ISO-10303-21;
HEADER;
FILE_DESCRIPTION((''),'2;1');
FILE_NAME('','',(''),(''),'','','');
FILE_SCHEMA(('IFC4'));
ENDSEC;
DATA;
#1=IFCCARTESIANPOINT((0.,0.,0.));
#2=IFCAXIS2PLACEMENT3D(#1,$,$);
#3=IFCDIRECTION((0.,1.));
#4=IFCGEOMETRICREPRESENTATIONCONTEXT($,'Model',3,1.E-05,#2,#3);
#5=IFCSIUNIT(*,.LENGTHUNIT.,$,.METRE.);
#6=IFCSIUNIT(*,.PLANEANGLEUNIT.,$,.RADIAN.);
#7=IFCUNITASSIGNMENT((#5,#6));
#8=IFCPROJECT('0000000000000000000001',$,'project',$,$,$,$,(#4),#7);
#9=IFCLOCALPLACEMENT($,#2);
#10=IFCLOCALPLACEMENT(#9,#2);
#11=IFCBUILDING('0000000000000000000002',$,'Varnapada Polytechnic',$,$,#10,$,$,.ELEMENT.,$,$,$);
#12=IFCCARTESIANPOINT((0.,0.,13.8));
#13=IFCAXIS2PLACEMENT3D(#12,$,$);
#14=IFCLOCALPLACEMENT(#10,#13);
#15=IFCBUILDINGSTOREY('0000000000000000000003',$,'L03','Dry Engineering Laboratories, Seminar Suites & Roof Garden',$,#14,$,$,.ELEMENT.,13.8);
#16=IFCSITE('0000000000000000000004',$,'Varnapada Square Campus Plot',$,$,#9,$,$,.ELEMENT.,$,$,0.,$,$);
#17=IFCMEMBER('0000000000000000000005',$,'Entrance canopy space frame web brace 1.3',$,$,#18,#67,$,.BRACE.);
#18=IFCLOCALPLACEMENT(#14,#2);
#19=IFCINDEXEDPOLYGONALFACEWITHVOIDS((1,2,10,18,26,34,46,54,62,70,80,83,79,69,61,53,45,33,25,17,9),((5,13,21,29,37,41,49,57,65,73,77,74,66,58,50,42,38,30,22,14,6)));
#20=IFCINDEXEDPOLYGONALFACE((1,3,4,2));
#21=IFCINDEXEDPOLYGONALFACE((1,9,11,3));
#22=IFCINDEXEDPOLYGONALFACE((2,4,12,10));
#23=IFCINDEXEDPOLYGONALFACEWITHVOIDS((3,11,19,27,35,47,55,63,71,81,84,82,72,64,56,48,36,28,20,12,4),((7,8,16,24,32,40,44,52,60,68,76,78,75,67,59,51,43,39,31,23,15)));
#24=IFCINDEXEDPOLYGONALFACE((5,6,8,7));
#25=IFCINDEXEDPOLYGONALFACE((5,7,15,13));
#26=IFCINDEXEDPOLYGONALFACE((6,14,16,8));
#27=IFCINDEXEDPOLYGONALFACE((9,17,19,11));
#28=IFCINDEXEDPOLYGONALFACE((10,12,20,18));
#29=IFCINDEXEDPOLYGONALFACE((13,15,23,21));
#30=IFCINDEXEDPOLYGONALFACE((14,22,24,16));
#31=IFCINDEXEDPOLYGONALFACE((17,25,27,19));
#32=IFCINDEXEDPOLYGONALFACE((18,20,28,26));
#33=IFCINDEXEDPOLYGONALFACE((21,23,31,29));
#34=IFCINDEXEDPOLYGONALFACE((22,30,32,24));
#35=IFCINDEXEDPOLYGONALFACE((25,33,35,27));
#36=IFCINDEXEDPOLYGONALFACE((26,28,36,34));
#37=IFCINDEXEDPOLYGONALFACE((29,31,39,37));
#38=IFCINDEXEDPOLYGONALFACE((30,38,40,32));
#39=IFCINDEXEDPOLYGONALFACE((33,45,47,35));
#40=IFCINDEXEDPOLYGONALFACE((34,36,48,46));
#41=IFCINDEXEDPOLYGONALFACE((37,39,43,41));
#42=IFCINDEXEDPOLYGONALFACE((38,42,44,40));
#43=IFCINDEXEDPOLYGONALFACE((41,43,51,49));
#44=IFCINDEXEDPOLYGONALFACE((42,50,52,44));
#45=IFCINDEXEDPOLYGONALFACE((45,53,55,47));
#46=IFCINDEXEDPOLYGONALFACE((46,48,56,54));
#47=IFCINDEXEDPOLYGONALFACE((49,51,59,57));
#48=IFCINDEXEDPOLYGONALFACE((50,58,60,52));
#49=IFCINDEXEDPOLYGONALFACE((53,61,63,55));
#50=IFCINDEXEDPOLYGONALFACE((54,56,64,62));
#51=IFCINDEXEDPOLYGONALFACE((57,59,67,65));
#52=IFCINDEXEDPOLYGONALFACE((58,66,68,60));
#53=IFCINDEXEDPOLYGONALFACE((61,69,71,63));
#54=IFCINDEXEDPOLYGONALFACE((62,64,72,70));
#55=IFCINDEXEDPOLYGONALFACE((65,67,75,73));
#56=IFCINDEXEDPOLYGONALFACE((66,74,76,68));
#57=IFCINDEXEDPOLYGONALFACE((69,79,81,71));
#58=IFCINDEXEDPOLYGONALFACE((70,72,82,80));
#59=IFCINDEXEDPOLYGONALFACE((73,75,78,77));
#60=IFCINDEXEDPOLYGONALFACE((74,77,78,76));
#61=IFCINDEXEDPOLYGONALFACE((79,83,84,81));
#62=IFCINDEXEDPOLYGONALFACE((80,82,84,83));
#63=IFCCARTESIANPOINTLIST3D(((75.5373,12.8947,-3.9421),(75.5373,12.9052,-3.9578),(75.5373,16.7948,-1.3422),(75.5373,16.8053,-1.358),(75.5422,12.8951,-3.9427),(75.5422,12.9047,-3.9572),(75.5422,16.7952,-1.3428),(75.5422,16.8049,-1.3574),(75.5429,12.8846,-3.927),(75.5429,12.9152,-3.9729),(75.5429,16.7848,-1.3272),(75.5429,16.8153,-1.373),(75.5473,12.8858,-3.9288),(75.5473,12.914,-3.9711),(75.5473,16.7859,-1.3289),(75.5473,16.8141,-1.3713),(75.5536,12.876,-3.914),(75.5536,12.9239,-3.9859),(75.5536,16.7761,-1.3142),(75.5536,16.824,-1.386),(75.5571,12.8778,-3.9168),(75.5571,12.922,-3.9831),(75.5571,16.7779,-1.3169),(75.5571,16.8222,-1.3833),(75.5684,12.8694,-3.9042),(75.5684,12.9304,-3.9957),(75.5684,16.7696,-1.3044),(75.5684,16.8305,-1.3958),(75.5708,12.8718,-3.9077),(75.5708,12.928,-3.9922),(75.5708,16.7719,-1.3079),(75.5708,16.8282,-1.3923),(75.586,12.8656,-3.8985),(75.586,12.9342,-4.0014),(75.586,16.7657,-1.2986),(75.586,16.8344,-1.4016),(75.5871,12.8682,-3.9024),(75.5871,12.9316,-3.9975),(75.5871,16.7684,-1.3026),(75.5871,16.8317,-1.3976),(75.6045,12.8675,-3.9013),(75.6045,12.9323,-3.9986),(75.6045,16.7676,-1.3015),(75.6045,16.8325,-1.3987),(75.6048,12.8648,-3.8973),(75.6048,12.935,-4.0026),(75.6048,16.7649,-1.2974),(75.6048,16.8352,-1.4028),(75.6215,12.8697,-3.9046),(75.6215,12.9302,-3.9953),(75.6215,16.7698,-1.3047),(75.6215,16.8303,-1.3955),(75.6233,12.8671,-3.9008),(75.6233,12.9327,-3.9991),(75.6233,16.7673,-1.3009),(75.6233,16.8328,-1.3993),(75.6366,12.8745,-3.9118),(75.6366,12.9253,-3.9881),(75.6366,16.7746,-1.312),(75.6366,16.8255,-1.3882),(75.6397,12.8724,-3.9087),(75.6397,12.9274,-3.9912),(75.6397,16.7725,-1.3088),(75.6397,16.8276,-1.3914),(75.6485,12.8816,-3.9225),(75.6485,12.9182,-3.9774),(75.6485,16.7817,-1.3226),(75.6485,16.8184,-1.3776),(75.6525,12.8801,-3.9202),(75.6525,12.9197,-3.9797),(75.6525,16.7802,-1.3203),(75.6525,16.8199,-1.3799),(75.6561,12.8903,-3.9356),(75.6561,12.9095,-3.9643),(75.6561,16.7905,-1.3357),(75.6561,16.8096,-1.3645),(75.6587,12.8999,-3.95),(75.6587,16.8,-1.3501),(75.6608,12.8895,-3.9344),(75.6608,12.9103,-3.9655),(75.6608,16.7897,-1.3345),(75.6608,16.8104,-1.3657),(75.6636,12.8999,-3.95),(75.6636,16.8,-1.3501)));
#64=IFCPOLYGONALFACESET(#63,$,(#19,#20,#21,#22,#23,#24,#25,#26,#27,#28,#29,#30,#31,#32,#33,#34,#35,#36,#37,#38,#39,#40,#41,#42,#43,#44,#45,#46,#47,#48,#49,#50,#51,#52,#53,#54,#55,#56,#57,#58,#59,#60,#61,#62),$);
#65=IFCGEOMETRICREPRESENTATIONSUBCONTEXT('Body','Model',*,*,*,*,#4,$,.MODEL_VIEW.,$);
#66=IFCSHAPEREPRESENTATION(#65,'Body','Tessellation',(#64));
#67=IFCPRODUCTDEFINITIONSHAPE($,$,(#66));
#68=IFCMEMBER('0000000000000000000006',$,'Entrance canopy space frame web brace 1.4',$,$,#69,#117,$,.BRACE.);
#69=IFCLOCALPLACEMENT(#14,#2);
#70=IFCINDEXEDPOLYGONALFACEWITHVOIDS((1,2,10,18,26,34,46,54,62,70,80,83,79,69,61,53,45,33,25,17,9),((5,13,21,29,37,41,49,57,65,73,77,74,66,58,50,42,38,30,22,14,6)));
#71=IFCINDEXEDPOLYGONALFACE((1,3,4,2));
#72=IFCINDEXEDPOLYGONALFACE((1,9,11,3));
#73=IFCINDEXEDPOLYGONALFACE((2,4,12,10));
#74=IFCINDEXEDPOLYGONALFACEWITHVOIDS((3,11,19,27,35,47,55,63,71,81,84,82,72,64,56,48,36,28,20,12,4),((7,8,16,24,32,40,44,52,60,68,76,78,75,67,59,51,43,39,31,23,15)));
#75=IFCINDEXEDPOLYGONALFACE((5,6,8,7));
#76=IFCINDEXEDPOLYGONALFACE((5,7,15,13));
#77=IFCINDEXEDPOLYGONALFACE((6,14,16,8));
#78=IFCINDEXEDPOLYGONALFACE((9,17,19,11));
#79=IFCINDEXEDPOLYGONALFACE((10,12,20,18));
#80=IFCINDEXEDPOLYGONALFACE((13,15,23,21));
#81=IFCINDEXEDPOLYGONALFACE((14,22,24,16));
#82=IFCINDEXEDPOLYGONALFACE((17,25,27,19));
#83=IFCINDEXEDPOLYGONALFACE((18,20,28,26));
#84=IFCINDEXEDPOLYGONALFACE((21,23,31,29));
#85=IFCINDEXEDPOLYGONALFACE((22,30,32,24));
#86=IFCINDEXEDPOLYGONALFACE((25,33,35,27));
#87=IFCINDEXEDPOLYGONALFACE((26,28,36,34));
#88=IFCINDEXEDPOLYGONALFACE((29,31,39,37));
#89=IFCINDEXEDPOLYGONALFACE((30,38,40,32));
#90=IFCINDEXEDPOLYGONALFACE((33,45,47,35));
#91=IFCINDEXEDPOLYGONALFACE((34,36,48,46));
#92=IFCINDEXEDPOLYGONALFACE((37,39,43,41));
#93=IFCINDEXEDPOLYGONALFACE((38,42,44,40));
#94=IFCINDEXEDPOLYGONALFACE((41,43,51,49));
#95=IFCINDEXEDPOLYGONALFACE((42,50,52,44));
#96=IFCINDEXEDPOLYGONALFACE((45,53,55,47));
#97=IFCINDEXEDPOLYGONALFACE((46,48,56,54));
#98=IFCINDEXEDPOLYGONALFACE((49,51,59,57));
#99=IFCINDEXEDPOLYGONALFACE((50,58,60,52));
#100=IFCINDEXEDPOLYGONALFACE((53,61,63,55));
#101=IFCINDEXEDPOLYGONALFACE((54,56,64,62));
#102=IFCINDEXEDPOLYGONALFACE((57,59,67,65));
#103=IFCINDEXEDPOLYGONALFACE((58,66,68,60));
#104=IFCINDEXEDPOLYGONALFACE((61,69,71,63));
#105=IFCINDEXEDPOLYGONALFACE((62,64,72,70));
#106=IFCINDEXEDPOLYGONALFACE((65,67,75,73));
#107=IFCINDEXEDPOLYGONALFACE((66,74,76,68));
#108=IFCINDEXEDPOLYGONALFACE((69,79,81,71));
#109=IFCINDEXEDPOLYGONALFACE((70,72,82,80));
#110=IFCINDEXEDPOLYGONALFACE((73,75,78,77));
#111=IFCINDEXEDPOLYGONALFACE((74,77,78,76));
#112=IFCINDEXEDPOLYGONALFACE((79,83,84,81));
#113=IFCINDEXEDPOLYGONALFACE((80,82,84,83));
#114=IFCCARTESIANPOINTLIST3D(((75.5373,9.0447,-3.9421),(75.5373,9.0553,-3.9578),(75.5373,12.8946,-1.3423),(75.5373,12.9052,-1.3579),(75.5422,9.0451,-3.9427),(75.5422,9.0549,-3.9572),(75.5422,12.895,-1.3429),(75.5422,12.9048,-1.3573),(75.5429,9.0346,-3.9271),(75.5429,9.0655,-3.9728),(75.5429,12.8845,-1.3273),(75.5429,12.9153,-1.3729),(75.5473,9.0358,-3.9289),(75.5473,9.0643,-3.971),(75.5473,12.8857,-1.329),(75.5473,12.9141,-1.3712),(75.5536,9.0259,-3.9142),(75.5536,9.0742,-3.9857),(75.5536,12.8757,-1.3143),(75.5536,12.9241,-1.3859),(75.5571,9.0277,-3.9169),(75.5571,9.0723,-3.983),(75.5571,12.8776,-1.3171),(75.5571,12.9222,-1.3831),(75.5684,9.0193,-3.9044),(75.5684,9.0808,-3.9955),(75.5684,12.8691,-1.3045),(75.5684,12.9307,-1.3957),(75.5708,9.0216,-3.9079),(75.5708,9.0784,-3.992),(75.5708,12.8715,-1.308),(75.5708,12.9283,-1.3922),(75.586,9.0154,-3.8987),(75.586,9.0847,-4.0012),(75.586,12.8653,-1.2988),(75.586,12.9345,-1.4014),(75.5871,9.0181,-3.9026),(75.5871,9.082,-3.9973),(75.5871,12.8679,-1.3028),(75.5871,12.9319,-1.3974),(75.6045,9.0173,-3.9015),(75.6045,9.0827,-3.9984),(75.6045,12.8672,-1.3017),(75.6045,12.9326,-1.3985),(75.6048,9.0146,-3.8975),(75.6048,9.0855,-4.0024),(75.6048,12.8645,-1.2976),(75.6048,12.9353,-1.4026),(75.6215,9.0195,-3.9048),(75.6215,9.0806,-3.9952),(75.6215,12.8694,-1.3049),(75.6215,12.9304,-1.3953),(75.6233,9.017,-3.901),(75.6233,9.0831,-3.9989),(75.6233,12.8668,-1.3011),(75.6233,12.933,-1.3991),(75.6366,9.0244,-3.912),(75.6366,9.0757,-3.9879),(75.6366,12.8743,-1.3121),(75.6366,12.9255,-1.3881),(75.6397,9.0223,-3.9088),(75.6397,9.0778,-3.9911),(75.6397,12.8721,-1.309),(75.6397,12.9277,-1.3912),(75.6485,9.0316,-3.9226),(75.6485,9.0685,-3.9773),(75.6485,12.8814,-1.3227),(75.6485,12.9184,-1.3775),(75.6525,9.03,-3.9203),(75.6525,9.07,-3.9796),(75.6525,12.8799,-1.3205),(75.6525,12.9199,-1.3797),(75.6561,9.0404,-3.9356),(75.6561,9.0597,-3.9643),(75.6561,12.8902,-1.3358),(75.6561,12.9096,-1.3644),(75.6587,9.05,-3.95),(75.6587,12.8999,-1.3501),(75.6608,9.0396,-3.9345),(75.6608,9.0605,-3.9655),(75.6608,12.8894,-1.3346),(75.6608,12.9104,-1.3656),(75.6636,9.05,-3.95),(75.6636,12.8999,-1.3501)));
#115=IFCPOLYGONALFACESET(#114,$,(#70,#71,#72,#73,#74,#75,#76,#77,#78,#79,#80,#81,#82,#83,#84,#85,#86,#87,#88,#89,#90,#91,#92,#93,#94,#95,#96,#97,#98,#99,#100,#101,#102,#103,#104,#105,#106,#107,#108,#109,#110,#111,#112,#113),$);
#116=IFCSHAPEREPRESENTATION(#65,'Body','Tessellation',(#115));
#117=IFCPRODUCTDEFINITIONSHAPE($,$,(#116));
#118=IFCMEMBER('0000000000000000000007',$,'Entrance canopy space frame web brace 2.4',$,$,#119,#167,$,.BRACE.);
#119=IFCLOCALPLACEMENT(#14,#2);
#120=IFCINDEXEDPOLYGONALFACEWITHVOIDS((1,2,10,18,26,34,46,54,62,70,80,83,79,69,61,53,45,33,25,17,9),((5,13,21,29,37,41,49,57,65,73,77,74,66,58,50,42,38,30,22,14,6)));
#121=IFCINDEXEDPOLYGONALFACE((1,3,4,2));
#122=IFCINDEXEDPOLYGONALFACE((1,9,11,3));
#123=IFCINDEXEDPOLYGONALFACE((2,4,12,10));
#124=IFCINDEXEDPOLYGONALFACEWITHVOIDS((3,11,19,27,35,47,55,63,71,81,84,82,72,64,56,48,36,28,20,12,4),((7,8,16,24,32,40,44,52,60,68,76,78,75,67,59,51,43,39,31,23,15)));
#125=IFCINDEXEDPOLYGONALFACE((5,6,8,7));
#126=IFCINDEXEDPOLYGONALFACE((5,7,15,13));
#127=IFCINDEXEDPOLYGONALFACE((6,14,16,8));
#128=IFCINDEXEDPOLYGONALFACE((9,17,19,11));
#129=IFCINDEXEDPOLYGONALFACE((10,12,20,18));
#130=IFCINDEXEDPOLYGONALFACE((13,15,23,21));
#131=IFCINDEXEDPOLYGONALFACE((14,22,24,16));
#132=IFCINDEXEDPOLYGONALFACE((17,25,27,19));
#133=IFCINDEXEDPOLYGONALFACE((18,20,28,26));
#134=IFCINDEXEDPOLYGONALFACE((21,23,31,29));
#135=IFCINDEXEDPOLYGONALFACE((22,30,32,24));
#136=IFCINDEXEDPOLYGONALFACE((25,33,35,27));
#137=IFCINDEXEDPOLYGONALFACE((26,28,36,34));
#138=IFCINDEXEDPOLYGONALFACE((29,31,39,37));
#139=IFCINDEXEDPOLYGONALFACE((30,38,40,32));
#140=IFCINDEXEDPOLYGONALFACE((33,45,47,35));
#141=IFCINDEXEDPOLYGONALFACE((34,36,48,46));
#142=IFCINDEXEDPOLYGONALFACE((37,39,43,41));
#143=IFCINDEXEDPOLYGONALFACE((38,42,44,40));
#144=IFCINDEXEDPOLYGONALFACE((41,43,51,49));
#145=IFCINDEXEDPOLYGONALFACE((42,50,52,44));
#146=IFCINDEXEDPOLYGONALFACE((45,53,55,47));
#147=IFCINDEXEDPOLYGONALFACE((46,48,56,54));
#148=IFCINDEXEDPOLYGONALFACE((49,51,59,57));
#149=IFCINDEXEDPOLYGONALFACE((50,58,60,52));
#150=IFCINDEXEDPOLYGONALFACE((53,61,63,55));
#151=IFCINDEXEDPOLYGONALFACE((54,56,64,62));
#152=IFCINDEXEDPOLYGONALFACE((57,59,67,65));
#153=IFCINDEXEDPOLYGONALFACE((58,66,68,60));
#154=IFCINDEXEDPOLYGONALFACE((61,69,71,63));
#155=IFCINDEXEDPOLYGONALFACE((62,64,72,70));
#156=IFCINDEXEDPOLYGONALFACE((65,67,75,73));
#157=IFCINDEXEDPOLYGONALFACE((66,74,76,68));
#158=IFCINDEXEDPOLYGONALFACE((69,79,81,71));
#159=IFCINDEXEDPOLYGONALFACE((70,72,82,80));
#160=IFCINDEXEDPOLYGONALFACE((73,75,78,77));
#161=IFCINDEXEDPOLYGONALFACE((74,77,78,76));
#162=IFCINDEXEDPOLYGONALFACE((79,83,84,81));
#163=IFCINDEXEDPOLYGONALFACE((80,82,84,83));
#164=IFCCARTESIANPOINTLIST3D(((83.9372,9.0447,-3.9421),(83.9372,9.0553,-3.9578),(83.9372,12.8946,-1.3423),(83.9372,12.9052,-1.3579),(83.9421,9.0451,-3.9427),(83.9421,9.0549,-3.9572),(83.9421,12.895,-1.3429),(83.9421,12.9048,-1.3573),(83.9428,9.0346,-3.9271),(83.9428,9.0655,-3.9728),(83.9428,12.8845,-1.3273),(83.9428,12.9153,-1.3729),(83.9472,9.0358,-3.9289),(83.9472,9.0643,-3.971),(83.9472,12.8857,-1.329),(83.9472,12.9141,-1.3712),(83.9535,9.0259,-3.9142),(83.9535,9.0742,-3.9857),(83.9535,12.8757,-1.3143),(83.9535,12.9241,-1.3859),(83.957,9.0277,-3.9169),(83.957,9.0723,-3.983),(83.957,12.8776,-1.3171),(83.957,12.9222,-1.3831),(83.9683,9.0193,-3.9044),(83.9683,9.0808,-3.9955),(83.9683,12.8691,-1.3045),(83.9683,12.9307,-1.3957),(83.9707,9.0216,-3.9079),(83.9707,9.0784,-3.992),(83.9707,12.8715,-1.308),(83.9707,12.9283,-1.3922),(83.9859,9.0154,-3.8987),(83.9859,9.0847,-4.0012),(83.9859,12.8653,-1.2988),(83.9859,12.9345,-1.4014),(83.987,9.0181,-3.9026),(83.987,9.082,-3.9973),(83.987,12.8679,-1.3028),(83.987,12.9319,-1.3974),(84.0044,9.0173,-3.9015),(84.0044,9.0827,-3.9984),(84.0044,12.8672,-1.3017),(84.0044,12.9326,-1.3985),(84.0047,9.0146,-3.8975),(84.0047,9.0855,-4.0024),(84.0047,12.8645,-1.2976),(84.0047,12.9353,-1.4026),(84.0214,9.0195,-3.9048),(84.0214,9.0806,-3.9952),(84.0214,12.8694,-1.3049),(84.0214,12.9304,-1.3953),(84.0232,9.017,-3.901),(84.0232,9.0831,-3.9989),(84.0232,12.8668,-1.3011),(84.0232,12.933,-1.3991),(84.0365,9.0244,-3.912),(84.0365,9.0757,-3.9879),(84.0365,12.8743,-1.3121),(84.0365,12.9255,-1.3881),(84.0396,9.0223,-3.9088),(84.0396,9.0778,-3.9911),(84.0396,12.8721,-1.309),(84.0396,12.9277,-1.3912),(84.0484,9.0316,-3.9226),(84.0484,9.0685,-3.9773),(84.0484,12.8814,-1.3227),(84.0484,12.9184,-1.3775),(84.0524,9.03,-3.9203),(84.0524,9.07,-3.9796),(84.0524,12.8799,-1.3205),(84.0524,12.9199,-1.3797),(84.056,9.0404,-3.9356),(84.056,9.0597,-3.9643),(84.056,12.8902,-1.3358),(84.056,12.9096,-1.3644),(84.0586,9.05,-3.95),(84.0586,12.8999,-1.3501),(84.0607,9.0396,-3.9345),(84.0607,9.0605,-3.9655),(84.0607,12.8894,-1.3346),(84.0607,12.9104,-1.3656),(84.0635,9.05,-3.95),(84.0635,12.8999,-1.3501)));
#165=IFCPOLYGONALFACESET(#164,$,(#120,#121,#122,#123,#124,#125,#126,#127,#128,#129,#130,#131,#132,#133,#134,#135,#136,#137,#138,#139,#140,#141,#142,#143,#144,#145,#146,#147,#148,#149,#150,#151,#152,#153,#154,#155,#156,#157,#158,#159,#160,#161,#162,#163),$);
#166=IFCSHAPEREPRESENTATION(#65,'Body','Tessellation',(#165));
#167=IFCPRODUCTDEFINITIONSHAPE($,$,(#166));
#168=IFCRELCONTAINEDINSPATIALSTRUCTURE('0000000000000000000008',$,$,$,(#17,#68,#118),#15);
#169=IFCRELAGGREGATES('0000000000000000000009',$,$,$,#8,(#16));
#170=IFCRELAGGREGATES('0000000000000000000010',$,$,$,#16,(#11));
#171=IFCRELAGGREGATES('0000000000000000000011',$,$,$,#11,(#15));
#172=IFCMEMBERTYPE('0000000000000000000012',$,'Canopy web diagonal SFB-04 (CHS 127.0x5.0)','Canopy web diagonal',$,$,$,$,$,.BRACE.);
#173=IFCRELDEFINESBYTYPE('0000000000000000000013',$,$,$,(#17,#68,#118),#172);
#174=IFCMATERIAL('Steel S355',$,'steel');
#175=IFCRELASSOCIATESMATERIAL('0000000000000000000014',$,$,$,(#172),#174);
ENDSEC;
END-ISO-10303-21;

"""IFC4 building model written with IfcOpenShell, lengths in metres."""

from ifc_helpers import new_model, si_unit, direction, frame, origin, origin_2d, place, context, subcontext, project, spatial, hollow_circle, extrude, material, material_profile, profile_set, type_object, element, save


model = new_model("IFC4")

# Units and contexts
model_context = context("Model", 3, precision=1e-05, world=origin(), true_north=direction((0.0, 1.0)))
body_context = subcontext(model_context, "Body", "Model", "MODEL_VIEW")
ifc_project = project(units=[si_unit("LENGTHUNIT", "METRE"), si_unit("PLANEANGLEUNIT", "RADIAN")], contexts=[model_context])

# Site, building, storey
site_placement = place(None, origin())
site = spatial("IfcSite", under=ifc_project, at=site_placement, Name="Varnapada Square Campus Plot", CompositionType="ELEMENT", RefElevation=0.0)
building_placement = place(site_placement, origin())
building = spatial("IfcBuilding", under=site, at=building_placement, Name="Varnapada Polytechnic", CompositionType="ELEMENT")
storey_placement = place(building_placement, frame((0.0, 0.0, 13.8)))
storey = spatial("IfcBuildingStorey", under=building, at=storey_placement, Name="L03", Description="Dry Engineering Laboratories, Seminar Suites & Roof Garden", CompositionType="ELEMENT", Elevation=13.8)

# Members
ifc_material = material(Name="Steel S355", Category="steel")
ifc_material_profile_1 = material_profile(ifc_material, hollow_circle(Radius=0.0635, WallThickness=0.0049, at=origin_2d()), Name="CHS 127.0x5.0")
ifc_profile_set_1 = profile_set([ifc_material_profile_1], Name="Steel S355")
member_type_1 = type_object("IfcMemberType", Name="Canopy web diagonal SFB-04 (CHS 127.0x5.0)", Description="Canopy web diagonal", PredefinedType="BRACE", material=ifc_profile_set_1)
member_1_placement = place(storey_placement, frame((75.6001, 16.8, -1.3501), z_axis=(0.0, -0.832074, -0.554664), x_axis=(1.0, 0.0, 0.0)))
element("IfcMember", 1, at=member_1_placement, inside=storey, type_object=member_type_1, Name="Entrance canopy space frame web brace 1.3", PredefinedType="BRACE", context=body_context, shape_type="SweptSolid", body=[
    extrude(hollow_circle(Radius=0.0635, WallThickness=0.0049, at=origin_2d()), origin(), (0.0, 0.0, 1.0), 4.6873),
])
for number, where, z_axis, x_axis, name in (
    (2, (75.6001, 12.8999, -1.3501), (0.0, -0.828729, -0.559651), (1.0, 0.0, 0.0), "Entrance canopy space frame web brace 1.4"),
    (3, (84.0, 12.8999, -1.3501), (0.0, -0.828729, -0.559651), (1.0, 0.0, 0.0), "Entrance canopy space frame web brace 2.4"),
):
    element("IfcMember", number, at=place(storey_placement, frame(where, z_axis=z_axis, x_axis=x_axis)), inside=storey, type_object=member_type_1, Name=name, PredefinedType="BRACE", context=body_context, shape_type="SweptSolid", body=[
        extrude(hollow_circle(Radius=0.0635, WallThickness=0.0049, at=origin_2d()), origin(), (0.0, 0.0, 1.0), 4.6455),
    ])

save(model, "model.ifc")
